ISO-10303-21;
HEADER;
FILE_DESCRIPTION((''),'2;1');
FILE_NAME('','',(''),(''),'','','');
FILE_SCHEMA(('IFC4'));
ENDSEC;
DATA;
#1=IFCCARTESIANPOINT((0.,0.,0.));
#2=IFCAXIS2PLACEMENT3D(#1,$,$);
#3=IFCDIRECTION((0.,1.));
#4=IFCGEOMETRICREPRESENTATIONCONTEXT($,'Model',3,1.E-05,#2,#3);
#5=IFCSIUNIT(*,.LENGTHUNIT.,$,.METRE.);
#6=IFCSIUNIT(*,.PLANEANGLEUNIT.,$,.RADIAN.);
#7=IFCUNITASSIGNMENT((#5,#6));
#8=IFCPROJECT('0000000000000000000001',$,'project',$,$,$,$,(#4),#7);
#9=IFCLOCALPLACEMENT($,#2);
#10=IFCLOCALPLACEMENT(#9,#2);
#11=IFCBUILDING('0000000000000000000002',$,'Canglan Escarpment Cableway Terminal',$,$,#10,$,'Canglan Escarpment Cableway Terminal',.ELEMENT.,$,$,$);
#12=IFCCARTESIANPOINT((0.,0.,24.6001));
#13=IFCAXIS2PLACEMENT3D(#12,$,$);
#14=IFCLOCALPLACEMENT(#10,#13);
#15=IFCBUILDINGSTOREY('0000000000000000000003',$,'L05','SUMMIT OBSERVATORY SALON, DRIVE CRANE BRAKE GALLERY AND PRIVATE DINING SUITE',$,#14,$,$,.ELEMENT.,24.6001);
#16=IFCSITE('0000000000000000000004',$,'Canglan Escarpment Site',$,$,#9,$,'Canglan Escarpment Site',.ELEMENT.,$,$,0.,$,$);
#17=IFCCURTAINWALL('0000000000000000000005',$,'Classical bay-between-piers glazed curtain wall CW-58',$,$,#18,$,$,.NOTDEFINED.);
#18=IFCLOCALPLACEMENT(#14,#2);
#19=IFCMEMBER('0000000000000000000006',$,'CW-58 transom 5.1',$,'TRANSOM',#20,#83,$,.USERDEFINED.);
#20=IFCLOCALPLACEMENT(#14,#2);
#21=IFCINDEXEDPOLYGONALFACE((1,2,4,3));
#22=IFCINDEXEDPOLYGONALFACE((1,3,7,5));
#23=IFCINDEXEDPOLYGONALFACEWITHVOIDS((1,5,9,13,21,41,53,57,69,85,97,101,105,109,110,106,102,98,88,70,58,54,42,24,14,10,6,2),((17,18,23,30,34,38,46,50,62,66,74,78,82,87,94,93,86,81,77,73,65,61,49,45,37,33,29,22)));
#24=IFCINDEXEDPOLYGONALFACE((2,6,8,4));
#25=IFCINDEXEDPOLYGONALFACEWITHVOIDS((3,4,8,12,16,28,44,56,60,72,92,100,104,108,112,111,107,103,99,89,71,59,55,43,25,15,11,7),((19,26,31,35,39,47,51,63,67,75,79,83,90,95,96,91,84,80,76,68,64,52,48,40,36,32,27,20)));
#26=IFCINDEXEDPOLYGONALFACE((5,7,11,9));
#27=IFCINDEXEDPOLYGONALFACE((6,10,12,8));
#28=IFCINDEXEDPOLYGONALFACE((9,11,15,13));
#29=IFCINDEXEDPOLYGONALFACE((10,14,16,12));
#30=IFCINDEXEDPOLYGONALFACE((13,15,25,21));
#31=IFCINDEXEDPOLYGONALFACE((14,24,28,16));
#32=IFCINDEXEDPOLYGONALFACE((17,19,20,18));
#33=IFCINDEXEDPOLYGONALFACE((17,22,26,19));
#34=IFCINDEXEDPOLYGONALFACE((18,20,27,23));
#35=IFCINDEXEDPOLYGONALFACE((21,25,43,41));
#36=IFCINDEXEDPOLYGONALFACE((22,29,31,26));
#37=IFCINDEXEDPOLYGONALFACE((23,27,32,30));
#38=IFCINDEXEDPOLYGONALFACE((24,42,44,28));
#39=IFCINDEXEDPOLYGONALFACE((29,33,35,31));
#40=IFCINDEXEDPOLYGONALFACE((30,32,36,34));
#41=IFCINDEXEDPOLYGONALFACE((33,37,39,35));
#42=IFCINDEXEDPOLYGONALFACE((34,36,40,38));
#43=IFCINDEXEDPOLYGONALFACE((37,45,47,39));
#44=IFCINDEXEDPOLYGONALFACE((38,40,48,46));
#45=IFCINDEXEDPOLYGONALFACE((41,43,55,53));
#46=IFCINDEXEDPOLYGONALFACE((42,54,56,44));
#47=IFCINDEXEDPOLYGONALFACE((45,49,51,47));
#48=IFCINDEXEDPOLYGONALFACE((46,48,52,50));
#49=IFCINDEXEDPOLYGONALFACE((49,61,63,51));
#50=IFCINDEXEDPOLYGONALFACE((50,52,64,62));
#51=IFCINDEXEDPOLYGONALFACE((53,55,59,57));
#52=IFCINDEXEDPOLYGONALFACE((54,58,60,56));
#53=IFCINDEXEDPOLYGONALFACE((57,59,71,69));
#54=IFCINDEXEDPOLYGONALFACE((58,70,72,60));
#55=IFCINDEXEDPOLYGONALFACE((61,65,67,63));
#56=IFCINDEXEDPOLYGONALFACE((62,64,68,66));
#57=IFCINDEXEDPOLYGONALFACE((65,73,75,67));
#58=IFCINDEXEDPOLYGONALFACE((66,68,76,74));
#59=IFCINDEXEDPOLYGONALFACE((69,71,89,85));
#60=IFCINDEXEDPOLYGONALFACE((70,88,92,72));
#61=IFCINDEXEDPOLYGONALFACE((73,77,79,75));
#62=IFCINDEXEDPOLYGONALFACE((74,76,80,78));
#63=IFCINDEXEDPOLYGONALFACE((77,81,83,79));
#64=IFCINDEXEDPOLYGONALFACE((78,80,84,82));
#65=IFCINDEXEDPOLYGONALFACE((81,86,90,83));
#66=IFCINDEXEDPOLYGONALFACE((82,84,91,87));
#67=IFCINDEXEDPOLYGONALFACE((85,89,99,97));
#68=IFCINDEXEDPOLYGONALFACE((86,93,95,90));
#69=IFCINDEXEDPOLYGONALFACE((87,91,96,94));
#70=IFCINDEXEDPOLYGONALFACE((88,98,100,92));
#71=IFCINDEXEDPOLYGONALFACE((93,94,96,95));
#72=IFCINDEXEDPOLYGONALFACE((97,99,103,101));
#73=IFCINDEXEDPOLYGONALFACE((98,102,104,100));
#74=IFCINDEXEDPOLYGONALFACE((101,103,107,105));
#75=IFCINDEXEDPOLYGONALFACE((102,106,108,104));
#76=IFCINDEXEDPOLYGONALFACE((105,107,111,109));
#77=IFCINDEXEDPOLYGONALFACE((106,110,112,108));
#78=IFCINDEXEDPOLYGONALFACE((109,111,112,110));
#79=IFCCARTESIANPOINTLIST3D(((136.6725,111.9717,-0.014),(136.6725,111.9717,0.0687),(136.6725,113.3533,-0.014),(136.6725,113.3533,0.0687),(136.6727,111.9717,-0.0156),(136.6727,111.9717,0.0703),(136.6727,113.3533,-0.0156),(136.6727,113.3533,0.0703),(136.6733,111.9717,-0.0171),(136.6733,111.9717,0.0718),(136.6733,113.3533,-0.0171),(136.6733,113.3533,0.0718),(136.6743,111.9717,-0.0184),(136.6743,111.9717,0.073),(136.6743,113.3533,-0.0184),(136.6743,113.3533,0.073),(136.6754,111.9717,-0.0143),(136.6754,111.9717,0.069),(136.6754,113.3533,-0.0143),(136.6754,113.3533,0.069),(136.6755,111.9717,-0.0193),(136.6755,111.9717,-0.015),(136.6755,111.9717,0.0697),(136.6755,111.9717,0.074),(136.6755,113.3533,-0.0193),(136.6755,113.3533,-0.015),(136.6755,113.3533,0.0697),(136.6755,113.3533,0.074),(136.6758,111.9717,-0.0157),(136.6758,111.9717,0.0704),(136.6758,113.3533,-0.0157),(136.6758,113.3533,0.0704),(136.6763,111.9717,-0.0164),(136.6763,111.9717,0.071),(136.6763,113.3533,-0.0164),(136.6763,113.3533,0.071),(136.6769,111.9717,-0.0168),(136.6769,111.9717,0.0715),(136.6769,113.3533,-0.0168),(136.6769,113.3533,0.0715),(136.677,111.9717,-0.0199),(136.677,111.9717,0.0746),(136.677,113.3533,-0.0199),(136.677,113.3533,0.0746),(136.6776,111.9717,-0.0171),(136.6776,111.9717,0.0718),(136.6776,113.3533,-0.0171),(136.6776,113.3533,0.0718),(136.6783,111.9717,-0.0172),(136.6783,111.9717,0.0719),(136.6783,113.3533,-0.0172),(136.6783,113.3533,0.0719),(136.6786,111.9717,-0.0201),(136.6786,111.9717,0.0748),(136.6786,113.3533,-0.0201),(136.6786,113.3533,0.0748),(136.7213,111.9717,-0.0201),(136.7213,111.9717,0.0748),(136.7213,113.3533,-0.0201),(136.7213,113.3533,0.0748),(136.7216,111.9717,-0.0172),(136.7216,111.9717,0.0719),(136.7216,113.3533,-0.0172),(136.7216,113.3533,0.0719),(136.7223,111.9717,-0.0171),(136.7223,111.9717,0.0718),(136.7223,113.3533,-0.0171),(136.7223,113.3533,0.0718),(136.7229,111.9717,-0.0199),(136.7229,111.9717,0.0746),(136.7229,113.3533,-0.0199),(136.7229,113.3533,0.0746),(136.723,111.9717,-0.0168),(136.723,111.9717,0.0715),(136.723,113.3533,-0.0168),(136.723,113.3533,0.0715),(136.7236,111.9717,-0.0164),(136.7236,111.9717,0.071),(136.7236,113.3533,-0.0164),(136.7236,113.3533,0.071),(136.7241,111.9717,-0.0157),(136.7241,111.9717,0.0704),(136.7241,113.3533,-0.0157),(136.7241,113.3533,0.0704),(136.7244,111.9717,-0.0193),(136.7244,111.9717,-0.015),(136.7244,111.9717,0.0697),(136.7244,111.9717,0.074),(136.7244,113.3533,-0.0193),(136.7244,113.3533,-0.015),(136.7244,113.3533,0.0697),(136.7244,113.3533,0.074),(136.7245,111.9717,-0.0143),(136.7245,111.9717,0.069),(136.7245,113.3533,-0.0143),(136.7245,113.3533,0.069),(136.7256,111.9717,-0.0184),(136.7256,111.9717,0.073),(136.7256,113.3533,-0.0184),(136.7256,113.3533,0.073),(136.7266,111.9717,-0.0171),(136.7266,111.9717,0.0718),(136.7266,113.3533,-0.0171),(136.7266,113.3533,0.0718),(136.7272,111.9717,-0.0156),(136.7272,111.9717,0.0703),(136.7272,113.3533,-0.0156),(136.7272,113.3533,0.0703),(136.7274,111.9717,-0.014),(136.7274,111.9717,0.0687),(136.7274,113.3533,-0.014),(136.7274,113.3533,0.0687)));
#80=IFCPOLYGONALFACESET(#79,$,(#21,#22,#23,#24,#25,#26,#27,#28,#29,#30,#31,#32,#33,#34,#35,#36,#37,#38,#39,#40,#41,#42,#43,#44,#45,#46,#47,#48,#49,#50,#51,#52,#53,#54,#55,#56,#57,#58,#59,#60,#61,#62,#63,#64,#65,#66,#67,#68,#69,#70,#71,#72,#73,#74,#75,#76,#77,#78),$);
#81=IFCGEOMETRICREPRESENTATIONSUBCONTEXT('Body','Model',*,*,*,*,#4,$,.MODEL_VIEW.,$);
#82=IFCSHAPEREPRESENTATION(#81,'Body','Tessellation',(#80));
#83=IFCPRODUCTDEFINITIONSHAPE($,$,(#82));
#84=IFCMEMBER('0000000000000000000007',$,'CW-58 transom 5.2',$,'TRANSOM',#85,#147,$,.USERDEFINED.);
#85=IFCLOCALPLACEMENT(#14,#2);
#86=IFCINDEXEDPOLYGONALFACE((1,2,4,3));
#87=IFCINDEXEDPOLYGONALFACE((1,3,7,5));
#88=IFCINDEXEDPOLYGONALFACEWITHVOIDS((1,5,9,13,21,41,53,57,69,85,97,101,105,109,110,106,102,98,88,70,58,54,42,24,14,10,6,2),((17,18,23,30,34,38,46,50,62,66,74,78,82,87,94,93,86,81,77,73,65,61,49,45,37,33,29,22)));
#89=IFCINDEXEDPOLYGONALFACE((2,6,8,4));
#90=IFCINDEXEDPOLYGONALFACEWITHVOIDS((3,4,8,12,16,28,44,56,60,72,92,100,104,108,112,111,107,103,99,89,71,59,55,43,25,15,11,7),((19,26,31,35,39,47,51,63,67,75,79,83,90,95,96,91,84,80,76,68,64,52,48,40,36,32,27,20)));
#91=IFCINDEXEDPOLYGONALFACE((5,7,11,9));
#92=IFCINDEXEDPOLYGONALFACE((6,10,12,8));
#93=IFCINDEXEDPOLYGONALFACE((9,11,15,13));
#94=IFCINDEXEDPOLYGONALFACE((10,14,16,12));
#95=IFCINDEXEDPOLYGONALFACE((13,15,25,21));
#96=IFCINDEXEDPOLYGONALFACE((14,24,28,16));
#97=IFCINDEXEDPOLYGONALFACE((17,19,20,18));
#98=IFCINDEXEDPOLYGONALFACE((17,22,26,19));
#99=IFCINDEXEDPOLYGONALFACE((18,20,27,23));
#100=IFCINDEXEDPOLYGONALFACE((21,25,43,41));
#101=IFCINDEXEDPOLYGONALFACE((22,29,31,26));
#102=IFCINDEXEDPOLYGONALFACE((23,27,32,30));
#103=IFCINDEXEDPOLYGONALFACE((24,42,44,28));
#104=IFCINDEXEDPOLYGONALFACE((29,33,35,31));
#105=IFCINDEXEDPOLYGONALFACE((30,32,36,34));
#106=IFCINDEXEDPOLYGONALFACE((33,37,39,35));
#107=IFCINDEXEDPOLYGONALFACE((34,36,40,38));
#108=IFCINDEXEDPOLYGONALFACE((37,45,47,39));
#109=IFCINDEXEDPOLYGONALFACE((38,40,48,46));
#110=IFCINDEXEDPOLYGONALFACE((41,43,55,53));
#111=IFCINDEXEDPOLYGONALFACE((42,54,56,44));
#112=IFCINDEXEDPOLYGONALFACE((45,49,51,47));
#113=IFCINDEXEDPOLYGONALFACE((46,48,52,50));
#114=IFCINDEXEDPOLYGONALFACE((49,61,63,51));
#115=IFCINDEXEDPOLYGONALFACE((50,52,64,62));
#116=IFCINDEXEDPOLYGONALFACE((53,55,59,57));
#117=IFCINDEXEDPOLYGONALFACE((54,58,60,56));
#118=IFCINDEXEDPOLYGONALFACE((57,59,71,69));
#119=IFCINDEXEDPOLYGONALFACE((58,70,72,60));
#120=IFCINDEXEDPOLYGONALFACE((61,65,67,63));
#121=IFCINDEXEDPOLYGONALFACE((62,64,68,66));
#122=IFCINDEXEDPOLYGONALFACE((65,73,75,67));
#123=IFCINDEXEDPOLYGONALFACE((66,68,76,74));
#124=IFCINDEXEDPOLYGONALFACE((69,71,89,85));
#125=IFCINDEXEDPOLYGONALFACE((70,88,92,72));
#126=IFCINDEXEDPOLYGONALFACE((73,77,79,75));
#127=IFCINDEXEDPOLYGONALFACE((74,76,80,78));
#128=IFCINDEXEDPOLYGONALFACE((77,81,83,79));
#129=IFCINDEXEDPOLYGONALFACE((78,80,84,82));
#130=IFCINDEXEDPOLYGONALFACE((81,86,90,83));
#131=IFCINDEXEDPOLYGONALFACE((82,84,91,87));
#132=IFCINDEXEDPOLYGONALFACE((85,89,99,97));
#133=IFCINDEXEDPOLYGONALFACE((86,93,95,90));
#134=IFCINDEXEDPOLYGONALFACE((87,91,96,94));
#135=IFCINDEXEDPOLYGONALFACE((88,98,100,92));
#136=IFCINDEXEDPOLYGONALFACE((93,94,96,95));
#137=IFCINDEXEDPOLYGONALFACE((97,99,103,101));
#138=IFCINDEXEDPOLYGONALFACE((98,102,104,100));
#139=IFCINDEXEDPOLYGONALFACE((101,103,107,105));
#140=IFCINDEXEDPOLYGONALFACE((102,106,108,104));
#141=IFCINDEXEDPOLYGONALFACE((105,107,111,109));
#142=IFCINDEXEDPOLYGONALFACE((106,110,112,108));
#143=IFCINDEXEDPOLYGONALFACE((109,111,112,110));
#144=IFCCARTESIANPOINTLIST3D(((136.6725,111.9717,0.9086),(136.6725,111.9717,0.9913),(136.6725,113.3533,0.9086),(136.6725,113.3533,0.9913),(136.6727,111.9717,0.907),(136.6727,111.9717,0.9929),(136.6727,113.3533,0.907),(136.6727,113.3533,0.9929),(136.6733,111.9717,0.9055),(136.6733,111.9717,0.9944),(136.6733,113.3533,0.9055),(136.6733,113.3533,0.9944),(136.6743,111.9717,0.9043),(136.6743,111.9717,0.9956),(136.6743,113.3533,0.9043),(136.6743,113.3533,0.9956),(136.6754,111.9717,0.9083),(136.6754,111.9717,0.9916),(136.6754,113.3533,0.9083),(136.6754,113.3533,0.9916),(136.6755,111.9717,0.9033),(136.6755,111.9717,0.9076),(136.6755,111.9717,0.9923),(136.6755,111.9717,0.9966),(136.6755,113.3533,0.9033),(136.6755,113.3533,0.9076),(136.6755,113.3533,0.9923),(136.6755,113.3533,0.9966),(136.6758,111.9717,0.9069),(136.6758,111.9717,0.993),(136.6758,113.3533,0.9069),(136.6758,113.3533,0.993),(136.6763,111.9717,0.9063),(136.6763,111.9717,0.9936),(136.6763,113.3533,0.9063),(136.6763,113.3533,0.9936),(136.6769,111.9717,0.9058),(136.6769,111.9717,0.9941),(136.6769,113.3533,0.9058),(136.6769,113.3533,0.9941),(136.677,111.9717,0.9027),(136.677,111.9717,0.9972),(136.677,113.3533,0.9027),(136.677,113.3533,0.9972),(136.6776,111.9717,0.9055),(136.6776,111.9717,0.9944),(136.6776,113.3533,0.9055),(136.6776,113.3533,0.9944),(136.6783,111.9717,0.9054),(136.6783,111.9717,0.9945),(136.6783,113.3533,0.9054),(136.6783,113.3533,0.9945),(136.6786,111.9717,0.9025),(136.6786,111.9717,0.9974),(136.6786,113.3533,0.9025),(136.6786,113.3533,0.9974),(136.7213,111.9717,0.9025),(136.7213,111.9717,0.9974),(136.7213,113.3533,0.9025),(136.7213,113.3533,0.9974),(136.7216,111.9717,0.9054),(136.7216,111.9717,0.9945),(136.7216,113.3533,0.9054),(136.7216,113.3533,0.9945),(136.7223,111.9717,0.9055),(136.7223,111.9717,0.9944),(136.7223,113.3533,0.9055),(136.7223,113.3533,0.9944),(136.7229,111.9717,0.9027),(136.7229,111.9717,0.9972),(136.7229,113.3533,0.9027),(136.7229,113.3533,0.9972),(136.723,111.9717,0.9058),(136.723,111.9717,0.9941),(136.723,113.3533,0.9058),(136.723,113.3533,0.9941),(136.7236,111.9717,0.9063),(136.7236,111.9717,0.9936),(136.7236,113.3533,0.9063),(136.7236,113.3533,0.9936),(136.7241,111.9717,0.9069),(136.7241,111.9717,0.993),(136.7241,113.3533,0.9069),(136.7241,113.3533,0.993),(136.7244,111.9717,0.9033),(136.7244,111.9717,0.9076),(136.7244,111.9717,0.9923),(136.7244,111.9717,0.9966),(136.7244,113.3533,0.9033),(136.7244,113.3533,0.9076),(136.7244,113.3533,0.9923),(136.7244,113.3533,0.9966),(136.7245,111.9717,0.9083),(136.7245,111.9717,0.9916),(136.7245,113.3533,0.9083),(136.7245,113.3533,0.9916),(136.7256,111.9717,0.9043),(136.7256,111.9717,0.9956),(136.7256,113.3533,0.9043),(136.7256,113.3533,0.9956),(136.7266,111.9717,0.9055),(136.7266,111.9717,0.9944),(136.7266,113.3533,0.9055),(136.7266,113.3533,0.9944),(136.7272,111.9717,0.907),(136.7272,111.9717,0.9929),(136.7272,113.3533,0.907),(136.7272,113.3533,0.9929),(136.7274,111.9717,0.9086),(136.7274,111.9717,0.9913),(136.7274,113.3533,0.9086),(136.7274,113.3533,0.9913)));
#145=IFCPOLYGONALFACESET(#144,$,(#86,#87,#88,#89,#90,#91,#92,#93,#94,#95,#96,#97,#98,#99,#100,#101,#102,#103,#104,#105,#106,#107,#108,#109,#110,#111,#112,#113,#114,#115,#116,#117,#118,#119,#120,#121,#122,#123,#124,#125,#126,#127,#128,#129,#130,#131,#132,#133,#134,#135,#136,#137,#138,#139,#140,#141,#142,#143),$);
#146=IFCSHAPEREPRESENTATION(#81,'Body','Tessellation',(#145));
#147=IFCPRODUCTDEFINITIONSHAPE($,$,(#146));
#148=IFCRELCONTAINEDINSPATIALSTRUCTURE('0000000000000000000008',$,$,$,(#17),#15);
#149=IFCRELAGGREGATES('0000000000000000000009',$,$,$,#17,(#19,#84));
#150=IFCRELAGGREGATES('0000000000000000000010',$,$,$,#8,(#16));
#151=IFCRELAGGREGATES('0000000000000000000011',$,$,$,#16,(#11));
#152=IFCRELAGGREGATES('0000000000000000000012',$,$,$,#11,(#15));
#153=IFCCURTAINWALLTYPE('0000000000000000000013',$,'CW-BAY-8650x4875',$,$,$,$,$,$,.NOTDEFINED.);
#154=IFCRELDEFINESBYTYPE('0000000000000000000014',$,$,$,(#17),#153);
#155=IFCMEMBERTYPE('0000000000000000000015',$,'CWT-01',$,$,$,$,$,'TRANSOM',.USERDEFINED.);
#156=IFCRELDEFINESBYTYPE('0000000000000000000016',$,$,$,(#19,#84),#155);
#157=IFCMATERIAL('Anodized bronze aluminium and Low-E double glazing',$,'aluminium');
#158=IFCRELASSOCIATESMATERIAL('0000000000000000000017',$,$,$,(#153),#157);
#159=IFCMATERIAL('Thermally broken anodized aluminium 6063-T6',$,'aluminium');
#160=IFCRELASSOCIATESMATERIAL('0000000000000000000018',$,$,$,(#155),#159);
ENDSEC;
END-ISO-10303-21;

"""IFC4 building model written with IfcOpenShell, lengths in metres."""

from ifc_helpers import new_model, si_unit, direction, frame, origin, origin_2d, place, context, subcontext, project, spatial, hollow_rectangle, extrude, material, material_profile, profile_set, type_object, element, aggregate, save


model = new_model("IFC4")

# Units and contexts
model_context = context("Model", 3, precision=1e-05, world=origin(), true_north=direction((0.0, 1.0)))
body_context = subcontext(model_context, "Body", "Model", "MODEL_VIEW")
ifc_project = project(units=[si_unit("LENGTHUNIT", "METRE"), si_unit("PLANEANGLEUNIT", "RADIAN")], contexts=[model_context])

# Site, building, storey
site_placement = place(None, origin())
site = spatial("IfcSite", under=ifc_project, at=site_placement, Name="Canglan Escarpment Site", LongName="Canglan Escarpment Site", CompositionType="ELEMENT", RefElevation=0.0)
building_placement = place(site_placement, origin())
building = spatial("IfcBuilding", under=site, at=building_placement, Name="Canglan Escarpment Cableway Terminal", LongName="Canglan Escarpment Cableway Terminal", CompositionType="ELEMENT")
storey_placement = place(building_placement, frame((0.0, 0.0, 24.6001)))
storey = spatial("IfcBuildingStorey", under=building, at=storey_placement, Name="L05", Description="SUMMIT OBSERVATORY SALON, DRIVE CRANE BRAKE GALLERY AND PRIVATE DINING SUITE", CompositionType="ELEMENT", Elevation=24.6001)

# Curtain wall, members
ifc_material_1 = material(Name="Anodized bronze aluminium and Low-E double glazing", Category="aluminium")
curtain_wall_type = type_object("IfcCurtainWallType", Name="CW-BAY-8650x4875", PredefinedType="NOTDEFINED", material=ifc_material_1)
curtain_wall_placement = place(storey_placement, origin())
curtain_wall = element("IfcCurtainWall", 1, at=curtain_wall_placement, inside=storey, type_object=curtain_wall_type, Name="Classical bay-between-piers glazed curtain wall CW-58", PredefinedType="NOTDEFINED")
ifc_material_2 = material(Name="Thermally broken anodized aluminium 6063-T6", Category="aluminium")
ifc_material_profile_1 = material_profile(ifc_material_2, hollow_rectangle(XDim=0.0549, YDim=0.095, WallThickness=0.0029, InnerFilletRadius=0.0029, OuterFilletRadius=0.0061, at=origin_2d()), Name="ALU-TRAN 55x95x3")
ifc_profile_set_1 = profile_set([ifc_material_profile_1], Name="Thermally broken anodized aluminium 6063-T6")
member_type_1 = type_object("IfcMemberType", Name="CWT-01", ElementType="TRANSOM", PredefinedType="USERDEFINED", material=ifc_profile_set_1)
member_1_placement = place(storey_placement, frame((136.7, 111.9717, 0.0273), z_axis=(0.0, 1.0, 0.0), x_axis=(-1.0, 0.0, 0.0)))
member_1 = element("IfcMember", 2, at=member_1_placement, type_object=member_type_1, Name="CW-58 transom 5.1", ObjectType="TRANSOM", PredefinedType="USERDEFINED", context=body_context, shape_type="SweptSolid", body=[
    extrude(hollow_rectangle(XDim=0.0549, YDim=0.095, WallThickness=0.0029, InnerFilletRadius=0.0029, OuterFilletRadius=0.0061, at=origin_2d()), origin(), (0.0, 0.0, 1.0), 1.3816),
])
member_2_placement = place(storey_placement, frame((136.7, 111.9717, 0.95), z_axis=(0.0, 1.0, 0.0), x_axis=(-1.0, 0.0, 0.0)))
member_2 = element("IfcMember", 3, at=member_2_placement, type_object=member_type_1, Name="CW-58 transom 5.2", ObjectType="TRANSOM", PredefinedType="USERDEFINED", context=body_context, shape_type="SweptSolid", body=[
    extrude(hollow_rectangle(XDim=0.0549, YDim=0.095, WallThickness=0.0029, InnerFilletRadius=0.0029, OuterFilletRadius=0.0061, at=origin_2d()), origin(), (0.0, 0.0, 1.0), 1.3816),
])

aggregate(curtain_wall, [member_1, member_2])

save(model, "model.ifc")
